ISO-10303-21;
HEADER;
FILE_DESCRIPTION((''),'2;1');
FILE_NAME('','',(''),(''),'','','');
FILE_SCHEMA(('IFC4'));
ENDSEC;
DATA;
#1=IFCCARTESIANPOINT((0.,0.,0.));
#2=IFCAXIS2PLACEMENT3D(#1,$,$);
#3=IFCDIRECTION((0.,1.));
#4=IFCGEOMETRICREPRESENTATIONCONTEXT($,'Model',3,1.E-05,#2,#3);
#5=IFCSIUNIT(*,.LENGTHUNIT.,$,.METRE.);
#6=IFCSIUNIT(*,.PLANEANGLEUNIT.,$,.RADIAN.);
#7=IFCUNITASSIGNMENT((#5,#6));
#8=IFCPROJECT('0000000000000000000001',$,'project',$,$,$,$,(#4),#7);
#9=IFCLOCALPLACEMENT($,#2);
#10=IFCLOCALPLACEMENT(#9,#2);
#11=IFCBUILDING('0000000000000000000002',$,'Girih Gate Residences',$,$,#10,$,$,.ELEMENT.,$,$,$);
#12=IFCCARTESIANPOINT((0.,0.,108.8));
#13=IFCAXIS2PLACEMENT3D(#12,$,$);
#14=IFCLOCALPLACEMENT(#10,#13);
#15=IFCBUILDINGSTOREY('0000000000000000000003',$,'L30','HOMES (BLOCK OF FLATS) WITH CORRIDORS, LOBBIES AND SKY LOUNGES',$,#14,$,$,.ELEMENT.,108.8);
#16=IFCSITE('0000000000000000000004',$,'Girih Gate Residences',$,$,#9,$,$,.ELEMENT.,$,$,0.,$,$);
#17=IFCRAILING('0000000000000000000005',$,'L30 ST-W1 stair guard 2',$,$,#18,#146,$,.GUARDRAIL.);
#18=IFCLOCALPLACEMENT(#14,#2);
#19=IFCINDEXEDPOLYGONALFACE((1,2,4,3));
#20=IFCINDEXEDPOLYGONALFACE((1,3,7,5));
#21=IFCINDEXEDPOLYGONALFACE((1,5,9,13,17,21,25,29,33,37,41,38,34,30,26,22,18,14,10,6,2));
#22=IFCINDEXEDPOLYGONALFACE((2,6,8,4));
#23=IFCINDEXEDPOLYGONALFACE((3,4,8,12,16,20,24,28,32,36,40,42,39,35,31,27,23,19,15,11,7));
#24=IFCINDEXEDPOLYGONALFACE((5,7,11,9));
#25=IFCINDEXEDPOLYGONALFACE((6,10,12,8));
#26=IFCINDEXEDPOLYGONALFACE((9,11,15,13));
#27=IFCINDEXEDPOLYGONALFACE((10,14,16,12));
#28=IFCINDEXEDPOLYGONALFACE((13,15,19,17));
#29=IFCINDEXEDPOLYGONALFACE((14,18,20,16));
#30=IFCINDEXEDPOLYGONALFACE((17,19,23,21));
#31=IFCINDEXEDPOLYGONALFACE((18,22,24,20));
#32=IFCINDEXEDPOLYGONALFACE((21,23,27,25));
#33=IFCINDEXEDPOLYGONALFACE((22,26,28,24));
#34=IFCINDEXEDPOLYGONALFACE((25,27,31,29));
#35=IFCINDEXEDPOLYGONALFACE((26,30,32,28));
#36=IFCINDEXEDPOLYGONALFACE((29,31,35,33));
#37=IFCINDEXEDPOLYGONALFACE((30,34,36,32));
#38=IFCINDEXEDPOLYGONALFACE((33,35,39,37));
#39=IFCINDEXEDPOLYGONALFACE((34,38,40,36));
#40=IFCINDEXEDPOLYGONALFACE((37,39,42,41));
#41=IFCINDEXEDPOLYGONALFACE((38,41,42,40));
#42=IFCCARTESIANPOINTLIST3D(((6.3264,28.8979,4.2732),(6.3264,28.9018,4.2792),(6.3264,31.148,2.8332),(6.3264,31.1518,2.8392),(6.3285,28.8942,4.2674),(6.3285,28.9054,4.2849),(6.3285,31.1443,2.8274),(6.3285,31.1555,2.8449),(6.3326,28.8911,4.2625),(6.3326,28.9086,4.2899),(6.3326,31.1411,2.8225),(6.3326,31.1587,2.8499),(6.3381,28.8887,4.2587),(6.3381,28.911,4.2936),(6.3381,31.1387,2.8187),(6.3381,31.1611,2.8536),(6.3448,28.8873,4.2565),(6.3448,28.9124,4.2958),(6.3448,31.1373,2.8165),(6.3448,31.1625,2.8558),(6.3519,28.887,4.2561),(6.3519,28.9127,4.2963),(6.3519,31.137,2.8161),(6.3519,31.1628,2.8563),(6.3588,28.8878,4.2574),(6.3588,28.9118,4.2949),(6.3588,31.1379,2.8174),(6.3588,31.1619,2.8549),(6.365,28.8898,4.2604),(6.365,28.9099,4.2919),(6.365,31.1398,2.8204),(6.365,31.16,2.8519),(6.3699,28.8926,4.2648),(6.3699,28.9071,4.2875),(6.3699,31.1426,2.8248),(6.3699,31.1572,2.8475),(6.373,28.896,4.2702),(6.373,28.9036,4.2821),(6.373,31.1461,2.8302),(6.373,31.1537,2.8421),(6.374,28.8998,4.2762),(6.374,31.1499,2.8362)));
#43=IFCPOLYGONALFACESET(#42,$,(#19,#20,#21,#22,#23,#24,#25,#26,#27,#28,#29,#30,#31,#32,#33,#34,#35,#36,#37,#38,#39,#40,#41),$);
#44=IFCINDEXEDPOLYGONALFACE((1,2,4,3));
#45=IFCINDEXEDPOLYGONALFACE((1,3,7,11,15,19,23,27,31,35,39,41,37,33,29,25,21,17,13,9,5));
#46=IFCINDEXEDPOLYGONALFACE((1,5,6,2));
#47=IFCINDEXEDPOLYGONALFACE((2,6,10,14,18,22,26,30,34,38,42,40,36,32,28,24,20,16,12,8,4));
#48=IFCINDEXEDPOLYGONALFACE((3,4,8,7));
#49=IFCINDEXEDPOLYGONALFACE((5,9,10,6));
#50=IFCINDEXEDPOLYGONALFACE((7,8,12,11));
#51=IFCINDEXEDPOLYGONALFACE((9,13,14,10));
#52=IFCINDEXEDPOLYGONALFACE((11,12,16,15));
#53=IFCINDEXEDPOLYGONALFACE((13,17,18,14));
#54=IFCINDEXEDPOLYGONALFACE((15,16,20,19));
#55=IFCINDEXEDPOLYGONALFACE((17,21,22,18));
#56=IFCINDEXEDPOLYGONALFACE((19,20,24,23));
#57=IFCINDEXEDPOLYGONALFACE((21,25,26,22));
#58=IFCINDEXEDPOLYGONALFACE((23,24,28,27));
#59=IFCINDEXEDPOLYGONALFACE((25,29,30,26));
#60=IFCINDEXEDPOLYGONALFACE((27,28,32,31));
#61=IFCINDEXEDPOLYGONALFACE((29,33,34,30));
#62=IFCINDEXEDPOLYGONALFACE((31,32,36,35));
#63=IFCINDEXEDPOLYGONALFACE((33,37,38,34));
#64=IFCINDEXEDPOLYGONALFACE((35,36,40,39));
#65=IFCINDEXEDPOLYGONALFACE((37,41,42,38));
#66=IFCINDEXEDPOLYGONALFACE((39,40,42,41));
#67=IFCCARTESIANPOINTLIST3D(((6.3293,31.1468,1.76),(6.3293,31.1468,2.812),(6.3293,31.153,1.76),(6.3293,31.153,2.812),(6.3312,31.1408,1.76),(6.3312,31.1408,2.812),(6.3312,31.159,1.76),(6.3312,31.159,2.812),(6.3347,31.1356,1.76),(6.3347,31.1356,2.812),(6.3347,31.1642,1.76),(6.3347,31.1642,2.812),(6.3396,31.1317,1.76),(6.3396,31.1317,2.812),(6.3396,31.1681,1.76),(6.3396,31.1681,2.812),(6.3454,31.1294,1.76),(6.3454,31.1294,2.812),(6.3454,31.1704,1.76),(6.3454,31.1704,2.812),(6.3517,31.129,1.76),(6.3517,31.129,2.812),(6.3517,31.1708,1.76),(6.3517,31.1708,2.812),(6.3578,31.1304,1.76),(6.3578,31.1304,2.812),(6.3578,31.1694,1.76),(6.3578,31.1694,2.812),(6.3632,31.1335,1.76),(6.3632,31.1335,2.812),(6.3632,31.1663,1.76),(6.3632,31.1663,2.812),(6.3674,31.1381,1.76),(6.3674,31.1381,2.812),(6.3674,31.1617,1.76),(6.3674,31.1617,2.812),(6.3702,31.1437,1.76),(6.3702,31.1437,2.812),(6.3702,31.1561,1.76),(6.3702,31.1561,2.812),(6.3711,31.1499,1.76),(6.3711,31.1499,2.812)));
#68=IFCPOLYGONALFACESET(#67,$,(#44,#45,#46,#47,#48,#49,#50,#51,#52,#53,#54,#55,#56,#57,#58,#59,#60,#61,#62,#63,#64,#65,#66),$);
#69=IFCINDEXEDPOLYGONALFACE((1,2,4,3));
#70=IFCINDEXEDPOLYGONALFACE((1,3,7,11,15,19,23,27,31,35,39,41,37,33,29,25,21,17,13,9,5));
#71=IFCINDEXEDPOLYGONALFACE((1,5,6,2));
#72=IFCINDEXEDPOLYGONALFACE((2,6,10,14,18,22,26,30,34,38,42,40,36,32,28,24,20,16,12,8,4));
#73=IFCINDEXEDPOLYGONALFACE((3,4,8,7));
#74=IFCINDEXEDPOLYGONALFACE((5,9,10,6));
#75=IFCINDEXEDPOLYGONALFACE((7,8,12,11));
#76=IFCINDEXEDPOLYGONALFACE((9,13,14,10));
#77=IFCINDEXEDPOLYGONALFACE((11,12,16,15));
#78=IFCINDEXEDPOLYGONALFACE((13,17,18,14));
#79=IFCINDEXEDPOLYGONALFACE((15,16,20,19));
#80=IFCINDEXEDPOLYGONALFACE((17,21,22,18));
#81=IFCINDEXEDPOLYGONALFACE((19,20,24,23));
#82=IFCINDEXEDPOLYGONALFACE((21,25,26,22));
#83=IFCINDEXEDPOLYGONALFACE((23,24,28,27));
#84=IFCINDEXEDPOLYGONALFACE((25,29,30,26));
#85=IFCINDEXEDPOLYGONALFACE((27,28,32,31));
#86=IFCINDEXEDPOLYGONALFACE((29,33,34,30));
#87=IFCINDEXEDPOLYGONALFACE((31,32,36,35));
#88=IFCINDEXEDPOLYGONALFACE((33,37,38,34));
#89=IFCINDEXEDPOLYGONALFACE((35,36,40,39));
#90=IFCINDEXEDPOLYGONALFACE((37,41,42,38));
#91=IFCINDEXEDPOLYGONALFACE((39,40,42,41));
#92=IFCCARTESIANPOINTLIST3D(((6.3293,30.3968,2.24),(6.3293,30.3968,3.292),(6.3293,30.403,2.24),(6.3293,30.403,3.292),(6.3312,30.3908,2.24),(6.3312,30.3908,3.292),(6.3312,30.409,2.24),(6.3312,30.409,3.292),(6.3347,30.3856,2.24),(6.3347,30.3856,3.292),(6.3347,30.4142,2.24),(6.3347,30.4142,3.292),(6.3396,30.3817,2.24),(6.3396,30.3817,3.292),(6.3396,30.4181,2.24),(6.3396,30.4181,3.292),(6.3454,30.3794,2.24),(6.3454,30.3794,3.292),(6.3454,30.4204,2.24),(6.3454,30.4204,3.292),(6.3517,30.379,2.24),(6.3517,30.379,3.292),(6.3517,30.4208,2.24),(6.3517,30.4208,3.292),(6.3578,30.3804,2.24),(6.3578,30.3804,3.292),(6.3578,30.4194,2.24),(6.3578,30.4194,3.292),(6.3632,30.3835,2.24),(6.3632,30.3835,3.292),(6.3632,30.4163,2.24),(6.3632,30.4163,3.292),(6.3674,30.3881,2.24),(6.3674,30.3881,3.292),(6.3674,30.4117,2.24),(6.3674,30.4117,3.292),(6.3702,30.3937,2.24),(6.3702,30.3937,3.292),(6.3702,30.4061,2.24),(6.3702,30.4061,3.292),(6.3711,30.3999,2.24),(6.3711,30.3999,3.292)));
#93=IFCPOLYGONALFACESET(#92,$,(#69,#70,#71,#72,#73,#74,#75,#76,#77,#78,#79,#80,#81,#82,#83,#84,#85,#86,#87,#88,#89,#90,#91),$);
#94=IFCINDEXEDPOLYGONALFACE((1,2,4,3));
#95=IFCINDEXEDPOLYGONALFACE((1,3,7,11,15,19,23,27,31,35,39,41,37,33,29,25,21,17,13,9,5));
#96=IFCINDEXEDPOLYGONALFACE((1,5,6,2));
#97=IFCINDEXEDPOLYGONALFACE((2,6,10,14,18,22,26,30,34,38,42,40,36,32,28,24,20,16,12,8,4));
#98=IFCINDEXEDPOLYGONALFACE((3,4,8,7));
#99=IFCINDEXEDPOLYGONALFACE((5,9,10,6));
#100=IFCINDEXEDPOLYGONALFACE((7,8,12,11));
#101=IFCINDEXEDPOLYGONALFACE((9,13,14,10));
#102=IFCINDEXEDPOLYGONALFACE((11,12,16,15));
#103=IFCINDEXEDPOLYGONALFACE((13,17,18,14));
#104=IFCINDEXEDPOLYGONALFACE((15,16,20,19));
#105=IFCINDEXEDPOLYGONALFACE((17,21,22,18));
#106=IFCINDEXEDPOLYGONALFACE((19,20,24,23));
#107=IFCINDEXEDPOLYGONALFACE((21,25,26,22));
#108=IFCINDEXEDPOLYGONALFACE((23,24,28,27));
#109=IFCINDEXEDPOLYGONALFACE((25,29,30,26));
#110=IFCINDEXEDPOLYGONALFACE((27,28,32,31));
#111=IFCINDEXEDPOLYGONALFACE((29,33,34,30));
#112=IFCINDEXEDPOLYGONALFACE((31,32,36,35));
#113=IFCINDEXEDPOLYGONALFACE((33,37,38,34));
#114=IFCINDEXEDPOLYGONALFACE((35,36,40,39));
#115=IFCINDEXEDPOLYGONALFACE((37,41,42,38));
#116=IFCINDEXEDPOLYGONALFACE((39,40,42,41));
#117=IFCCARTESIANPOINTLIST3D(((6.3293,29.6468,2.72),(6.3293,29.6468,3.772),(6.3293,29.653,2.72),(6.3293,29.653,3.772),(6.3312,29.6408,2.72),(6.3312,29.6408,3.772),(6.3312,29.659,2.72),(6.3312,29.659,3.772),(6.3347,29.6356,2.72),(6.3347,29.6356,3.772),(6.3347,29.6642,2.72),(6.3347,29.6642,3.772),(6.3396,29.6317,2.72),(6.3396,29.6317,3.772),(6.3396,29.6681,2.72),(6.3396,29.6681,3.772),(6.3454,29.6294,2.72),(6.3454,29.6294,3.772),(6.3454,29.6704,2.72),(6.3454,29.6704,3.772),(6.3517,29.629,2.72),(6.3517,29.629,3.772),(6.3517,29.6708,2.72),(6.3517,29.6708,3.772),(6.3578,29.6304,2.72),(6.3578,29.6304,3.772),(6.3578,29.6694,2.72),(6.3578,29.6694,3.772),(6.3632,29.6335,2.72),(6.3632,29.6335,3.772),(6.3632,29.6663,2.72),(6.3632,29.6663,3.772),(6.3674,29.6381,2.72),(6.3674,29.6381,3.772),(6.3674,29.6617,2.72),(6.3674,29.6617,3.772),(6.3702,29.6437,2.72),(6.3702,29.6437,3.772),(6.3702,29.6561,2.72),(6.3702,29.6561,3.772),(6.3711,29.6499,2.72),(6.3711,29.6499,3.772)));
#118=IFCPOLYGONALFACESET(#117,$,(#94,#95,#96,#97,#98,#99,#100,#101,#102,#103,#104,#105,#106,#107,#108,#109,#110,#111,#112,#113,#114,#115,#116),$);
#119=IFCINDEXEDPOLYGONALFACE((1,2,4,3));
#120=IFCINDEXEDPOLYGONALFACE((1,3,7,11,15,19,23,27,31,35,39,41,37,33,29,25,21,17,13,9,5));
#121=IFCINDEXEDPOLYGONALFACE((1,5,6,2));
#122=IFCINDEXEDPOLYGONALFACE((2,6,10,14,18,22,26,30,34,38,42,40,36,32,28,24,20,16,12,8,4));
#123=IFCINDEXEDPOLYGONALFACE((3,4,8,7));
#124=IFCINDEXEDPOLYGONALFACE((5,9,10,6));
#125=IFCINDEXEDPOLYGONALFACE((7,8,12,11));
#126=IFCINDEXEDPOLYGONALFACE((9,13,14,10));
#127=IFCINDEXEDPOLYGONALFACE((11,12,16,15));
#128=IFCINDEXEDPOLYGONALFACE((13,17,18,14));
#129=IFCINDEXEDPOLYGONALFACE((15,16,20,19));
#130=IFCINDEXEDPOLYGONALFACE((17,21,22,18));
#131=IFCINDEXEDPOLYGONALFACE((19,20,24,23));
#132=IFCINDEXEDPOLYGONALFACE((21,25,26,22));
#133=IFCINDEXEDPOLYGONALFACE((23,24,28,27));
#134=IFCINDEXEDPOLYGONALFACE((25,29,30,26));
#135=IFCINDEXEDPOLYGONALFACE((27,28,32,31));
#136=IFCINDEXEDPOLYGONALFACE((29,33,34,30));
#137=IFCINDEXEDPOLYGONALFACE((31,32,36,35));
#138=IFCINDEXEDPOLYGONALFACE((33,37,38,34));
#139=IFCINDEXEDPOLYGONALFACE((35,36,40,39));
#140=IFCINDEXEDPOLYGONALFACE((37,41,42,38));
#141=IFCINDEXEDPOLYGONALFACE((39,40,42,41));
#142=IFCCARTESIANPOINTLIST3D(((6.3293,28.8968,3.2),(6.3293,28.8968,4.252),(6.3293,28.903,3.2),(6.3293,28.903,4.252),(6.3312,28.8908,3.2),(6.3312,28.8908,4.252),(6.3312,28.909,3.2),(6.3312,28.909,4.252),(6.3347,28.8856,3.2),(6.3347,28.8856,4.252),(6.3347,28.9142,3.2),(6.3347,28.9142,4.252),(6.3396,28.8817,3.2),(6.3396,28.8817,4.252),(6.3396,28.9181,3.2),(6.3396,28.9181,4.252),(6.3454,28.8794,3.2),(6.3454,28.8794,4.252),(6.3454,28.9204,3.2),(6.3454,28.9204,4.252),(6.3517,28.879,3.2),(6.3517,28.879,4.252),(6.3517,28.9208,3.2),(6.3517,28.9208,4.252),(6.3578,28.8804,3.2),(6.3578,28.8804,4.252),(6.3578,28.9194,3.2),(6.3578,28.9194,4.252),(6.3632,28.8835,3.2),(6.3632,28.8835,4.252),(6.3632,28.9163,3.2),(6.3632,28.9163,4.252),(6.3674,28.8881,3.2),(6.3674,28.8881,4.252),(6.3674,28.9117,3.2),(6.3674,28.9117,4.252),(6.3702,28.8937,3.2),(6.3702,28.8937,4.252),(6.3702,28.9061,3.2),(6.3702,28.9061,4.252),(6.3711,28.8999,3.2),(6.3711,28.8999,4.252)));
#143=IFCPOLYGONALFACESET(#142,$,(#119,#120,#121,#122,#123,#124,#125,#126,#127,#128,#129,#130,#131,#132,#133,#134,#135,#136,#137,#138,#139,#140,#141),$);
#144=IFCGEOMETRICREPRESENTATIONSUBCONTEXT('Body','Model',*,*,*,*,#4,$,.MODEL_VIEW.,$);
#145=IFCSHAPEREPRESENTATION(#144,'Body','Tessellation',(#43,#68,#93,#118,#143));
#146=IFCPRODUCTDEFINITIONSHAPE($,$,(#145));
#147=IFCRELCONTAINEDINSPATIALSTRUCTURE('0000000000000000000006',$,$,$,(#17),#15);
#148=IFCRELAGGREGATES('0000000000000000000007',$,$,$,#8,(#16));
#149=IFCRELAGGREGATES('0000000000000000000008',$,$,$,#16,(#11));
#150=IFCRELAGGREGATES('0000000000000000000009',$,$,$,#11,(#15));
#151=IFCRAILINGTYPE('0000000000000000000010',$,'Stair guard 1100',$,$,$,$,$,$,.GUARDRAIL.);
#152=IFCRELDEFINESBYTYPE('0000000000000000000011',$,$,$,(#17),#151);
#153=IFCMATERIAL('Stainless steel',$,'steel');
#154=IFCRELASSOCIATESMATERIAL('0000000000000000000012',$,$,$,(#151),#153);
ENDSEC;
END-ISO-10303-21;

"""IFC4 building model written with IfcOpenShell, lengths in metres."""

from ifc_helpers import new_model, si_unit, direction, frame, origin, origin_2d, place, context, subcontext, project, spatial, circle, extrude, material, type_object, element, save


model = new_model("IFC4")

# Units and contexts
model_context = context("Model", 3, precision=1e-05, world=origin(), true_north=direction((0.0, 1.0)))
body_context = subcontext(model_context, "Body", "Model", "MODEL_VIEW")
ifc_project = project(units=[si_unit("LENGTHUNIT", "METRE"), si_unit("PLANEANGLEUNIT", "RADIAN")], contexts=[model_context])

# Site, building, storey
site_placement = place(None, origin())
site = spatial("IfcSite", under=ifc_project, at=site_placement, Name="Girih Gate Residences", CompositionType="ELEMENT", RefElevation=0.0)
building_placement = place(site_placement, origin())
building = spatial("IfcBuilding", under=site, at=building_placement, Name="Girih Gate Residences", CompositionType="ELEMENT")
storey_placement = place(building_placement, frame((0.0, 0.0, 108.8)))
storey = spatial("IfcBuildingStorey", under=building, at=storey_placement, Name="L30", Description="HOMES (BLOCK OF FLATS) WITH CORRIDORS, LOBBIES AND SKY LOUNGES", CompositionType="ELEMENT", Elevation=108.8)

# Shared definitions
ifc_material_1 = material(Name="Stainless steel", Category="steel")

# Railing
railing_type = type_object("IfcRailingType", Name="Stair guard 1100", PredefinedType="GUARDRAIL", material=ifc_material_1)
railing_placement = place(storey_placement, frame((6.3501, 31.1499, 1.76)))
element("IfcRailing", 1, at=railing_placement, inside=storey, type_object=railing_type, Name="L30 ST-W1 stair guard 2", PredefinedType="GUARDRAIL", context=body_context, shape_type="SweptSolid", body=[
    extrude(circle(Radius=0.0239, at=origin_2d()), frame((0.0, 0.0, 1.0762), z_axis=(0.0, -0.842281, 0.539038), x_axis=(1.0, 0.0, 0.0)), (0.0, 0.0, 1.0), 2.6714),
    extrude(circle(Radius=0.021, at=origin_2d()), origin(), (0.0, 0.0, 1.0), 1.052),
    extrude(circle(Radius=0.021, at=origin_2d()), frame((0.0, -0.75, 0.48)), (0.0, 0.0, 1.0), 1.052),
    extrude(circle(Radius=0.021, at=origin_2d()), frame((0.0, -1.5, 0.96)), (0.0, 0.0, 1.0), 1.052),
    extrude(circle(Radius=0.021, at=origin_2d()), frame((0.0, -2.25, 1.4399)), (0.0, 0.0, 1.0), 1.052),
])

save(model, "model.ifc")
